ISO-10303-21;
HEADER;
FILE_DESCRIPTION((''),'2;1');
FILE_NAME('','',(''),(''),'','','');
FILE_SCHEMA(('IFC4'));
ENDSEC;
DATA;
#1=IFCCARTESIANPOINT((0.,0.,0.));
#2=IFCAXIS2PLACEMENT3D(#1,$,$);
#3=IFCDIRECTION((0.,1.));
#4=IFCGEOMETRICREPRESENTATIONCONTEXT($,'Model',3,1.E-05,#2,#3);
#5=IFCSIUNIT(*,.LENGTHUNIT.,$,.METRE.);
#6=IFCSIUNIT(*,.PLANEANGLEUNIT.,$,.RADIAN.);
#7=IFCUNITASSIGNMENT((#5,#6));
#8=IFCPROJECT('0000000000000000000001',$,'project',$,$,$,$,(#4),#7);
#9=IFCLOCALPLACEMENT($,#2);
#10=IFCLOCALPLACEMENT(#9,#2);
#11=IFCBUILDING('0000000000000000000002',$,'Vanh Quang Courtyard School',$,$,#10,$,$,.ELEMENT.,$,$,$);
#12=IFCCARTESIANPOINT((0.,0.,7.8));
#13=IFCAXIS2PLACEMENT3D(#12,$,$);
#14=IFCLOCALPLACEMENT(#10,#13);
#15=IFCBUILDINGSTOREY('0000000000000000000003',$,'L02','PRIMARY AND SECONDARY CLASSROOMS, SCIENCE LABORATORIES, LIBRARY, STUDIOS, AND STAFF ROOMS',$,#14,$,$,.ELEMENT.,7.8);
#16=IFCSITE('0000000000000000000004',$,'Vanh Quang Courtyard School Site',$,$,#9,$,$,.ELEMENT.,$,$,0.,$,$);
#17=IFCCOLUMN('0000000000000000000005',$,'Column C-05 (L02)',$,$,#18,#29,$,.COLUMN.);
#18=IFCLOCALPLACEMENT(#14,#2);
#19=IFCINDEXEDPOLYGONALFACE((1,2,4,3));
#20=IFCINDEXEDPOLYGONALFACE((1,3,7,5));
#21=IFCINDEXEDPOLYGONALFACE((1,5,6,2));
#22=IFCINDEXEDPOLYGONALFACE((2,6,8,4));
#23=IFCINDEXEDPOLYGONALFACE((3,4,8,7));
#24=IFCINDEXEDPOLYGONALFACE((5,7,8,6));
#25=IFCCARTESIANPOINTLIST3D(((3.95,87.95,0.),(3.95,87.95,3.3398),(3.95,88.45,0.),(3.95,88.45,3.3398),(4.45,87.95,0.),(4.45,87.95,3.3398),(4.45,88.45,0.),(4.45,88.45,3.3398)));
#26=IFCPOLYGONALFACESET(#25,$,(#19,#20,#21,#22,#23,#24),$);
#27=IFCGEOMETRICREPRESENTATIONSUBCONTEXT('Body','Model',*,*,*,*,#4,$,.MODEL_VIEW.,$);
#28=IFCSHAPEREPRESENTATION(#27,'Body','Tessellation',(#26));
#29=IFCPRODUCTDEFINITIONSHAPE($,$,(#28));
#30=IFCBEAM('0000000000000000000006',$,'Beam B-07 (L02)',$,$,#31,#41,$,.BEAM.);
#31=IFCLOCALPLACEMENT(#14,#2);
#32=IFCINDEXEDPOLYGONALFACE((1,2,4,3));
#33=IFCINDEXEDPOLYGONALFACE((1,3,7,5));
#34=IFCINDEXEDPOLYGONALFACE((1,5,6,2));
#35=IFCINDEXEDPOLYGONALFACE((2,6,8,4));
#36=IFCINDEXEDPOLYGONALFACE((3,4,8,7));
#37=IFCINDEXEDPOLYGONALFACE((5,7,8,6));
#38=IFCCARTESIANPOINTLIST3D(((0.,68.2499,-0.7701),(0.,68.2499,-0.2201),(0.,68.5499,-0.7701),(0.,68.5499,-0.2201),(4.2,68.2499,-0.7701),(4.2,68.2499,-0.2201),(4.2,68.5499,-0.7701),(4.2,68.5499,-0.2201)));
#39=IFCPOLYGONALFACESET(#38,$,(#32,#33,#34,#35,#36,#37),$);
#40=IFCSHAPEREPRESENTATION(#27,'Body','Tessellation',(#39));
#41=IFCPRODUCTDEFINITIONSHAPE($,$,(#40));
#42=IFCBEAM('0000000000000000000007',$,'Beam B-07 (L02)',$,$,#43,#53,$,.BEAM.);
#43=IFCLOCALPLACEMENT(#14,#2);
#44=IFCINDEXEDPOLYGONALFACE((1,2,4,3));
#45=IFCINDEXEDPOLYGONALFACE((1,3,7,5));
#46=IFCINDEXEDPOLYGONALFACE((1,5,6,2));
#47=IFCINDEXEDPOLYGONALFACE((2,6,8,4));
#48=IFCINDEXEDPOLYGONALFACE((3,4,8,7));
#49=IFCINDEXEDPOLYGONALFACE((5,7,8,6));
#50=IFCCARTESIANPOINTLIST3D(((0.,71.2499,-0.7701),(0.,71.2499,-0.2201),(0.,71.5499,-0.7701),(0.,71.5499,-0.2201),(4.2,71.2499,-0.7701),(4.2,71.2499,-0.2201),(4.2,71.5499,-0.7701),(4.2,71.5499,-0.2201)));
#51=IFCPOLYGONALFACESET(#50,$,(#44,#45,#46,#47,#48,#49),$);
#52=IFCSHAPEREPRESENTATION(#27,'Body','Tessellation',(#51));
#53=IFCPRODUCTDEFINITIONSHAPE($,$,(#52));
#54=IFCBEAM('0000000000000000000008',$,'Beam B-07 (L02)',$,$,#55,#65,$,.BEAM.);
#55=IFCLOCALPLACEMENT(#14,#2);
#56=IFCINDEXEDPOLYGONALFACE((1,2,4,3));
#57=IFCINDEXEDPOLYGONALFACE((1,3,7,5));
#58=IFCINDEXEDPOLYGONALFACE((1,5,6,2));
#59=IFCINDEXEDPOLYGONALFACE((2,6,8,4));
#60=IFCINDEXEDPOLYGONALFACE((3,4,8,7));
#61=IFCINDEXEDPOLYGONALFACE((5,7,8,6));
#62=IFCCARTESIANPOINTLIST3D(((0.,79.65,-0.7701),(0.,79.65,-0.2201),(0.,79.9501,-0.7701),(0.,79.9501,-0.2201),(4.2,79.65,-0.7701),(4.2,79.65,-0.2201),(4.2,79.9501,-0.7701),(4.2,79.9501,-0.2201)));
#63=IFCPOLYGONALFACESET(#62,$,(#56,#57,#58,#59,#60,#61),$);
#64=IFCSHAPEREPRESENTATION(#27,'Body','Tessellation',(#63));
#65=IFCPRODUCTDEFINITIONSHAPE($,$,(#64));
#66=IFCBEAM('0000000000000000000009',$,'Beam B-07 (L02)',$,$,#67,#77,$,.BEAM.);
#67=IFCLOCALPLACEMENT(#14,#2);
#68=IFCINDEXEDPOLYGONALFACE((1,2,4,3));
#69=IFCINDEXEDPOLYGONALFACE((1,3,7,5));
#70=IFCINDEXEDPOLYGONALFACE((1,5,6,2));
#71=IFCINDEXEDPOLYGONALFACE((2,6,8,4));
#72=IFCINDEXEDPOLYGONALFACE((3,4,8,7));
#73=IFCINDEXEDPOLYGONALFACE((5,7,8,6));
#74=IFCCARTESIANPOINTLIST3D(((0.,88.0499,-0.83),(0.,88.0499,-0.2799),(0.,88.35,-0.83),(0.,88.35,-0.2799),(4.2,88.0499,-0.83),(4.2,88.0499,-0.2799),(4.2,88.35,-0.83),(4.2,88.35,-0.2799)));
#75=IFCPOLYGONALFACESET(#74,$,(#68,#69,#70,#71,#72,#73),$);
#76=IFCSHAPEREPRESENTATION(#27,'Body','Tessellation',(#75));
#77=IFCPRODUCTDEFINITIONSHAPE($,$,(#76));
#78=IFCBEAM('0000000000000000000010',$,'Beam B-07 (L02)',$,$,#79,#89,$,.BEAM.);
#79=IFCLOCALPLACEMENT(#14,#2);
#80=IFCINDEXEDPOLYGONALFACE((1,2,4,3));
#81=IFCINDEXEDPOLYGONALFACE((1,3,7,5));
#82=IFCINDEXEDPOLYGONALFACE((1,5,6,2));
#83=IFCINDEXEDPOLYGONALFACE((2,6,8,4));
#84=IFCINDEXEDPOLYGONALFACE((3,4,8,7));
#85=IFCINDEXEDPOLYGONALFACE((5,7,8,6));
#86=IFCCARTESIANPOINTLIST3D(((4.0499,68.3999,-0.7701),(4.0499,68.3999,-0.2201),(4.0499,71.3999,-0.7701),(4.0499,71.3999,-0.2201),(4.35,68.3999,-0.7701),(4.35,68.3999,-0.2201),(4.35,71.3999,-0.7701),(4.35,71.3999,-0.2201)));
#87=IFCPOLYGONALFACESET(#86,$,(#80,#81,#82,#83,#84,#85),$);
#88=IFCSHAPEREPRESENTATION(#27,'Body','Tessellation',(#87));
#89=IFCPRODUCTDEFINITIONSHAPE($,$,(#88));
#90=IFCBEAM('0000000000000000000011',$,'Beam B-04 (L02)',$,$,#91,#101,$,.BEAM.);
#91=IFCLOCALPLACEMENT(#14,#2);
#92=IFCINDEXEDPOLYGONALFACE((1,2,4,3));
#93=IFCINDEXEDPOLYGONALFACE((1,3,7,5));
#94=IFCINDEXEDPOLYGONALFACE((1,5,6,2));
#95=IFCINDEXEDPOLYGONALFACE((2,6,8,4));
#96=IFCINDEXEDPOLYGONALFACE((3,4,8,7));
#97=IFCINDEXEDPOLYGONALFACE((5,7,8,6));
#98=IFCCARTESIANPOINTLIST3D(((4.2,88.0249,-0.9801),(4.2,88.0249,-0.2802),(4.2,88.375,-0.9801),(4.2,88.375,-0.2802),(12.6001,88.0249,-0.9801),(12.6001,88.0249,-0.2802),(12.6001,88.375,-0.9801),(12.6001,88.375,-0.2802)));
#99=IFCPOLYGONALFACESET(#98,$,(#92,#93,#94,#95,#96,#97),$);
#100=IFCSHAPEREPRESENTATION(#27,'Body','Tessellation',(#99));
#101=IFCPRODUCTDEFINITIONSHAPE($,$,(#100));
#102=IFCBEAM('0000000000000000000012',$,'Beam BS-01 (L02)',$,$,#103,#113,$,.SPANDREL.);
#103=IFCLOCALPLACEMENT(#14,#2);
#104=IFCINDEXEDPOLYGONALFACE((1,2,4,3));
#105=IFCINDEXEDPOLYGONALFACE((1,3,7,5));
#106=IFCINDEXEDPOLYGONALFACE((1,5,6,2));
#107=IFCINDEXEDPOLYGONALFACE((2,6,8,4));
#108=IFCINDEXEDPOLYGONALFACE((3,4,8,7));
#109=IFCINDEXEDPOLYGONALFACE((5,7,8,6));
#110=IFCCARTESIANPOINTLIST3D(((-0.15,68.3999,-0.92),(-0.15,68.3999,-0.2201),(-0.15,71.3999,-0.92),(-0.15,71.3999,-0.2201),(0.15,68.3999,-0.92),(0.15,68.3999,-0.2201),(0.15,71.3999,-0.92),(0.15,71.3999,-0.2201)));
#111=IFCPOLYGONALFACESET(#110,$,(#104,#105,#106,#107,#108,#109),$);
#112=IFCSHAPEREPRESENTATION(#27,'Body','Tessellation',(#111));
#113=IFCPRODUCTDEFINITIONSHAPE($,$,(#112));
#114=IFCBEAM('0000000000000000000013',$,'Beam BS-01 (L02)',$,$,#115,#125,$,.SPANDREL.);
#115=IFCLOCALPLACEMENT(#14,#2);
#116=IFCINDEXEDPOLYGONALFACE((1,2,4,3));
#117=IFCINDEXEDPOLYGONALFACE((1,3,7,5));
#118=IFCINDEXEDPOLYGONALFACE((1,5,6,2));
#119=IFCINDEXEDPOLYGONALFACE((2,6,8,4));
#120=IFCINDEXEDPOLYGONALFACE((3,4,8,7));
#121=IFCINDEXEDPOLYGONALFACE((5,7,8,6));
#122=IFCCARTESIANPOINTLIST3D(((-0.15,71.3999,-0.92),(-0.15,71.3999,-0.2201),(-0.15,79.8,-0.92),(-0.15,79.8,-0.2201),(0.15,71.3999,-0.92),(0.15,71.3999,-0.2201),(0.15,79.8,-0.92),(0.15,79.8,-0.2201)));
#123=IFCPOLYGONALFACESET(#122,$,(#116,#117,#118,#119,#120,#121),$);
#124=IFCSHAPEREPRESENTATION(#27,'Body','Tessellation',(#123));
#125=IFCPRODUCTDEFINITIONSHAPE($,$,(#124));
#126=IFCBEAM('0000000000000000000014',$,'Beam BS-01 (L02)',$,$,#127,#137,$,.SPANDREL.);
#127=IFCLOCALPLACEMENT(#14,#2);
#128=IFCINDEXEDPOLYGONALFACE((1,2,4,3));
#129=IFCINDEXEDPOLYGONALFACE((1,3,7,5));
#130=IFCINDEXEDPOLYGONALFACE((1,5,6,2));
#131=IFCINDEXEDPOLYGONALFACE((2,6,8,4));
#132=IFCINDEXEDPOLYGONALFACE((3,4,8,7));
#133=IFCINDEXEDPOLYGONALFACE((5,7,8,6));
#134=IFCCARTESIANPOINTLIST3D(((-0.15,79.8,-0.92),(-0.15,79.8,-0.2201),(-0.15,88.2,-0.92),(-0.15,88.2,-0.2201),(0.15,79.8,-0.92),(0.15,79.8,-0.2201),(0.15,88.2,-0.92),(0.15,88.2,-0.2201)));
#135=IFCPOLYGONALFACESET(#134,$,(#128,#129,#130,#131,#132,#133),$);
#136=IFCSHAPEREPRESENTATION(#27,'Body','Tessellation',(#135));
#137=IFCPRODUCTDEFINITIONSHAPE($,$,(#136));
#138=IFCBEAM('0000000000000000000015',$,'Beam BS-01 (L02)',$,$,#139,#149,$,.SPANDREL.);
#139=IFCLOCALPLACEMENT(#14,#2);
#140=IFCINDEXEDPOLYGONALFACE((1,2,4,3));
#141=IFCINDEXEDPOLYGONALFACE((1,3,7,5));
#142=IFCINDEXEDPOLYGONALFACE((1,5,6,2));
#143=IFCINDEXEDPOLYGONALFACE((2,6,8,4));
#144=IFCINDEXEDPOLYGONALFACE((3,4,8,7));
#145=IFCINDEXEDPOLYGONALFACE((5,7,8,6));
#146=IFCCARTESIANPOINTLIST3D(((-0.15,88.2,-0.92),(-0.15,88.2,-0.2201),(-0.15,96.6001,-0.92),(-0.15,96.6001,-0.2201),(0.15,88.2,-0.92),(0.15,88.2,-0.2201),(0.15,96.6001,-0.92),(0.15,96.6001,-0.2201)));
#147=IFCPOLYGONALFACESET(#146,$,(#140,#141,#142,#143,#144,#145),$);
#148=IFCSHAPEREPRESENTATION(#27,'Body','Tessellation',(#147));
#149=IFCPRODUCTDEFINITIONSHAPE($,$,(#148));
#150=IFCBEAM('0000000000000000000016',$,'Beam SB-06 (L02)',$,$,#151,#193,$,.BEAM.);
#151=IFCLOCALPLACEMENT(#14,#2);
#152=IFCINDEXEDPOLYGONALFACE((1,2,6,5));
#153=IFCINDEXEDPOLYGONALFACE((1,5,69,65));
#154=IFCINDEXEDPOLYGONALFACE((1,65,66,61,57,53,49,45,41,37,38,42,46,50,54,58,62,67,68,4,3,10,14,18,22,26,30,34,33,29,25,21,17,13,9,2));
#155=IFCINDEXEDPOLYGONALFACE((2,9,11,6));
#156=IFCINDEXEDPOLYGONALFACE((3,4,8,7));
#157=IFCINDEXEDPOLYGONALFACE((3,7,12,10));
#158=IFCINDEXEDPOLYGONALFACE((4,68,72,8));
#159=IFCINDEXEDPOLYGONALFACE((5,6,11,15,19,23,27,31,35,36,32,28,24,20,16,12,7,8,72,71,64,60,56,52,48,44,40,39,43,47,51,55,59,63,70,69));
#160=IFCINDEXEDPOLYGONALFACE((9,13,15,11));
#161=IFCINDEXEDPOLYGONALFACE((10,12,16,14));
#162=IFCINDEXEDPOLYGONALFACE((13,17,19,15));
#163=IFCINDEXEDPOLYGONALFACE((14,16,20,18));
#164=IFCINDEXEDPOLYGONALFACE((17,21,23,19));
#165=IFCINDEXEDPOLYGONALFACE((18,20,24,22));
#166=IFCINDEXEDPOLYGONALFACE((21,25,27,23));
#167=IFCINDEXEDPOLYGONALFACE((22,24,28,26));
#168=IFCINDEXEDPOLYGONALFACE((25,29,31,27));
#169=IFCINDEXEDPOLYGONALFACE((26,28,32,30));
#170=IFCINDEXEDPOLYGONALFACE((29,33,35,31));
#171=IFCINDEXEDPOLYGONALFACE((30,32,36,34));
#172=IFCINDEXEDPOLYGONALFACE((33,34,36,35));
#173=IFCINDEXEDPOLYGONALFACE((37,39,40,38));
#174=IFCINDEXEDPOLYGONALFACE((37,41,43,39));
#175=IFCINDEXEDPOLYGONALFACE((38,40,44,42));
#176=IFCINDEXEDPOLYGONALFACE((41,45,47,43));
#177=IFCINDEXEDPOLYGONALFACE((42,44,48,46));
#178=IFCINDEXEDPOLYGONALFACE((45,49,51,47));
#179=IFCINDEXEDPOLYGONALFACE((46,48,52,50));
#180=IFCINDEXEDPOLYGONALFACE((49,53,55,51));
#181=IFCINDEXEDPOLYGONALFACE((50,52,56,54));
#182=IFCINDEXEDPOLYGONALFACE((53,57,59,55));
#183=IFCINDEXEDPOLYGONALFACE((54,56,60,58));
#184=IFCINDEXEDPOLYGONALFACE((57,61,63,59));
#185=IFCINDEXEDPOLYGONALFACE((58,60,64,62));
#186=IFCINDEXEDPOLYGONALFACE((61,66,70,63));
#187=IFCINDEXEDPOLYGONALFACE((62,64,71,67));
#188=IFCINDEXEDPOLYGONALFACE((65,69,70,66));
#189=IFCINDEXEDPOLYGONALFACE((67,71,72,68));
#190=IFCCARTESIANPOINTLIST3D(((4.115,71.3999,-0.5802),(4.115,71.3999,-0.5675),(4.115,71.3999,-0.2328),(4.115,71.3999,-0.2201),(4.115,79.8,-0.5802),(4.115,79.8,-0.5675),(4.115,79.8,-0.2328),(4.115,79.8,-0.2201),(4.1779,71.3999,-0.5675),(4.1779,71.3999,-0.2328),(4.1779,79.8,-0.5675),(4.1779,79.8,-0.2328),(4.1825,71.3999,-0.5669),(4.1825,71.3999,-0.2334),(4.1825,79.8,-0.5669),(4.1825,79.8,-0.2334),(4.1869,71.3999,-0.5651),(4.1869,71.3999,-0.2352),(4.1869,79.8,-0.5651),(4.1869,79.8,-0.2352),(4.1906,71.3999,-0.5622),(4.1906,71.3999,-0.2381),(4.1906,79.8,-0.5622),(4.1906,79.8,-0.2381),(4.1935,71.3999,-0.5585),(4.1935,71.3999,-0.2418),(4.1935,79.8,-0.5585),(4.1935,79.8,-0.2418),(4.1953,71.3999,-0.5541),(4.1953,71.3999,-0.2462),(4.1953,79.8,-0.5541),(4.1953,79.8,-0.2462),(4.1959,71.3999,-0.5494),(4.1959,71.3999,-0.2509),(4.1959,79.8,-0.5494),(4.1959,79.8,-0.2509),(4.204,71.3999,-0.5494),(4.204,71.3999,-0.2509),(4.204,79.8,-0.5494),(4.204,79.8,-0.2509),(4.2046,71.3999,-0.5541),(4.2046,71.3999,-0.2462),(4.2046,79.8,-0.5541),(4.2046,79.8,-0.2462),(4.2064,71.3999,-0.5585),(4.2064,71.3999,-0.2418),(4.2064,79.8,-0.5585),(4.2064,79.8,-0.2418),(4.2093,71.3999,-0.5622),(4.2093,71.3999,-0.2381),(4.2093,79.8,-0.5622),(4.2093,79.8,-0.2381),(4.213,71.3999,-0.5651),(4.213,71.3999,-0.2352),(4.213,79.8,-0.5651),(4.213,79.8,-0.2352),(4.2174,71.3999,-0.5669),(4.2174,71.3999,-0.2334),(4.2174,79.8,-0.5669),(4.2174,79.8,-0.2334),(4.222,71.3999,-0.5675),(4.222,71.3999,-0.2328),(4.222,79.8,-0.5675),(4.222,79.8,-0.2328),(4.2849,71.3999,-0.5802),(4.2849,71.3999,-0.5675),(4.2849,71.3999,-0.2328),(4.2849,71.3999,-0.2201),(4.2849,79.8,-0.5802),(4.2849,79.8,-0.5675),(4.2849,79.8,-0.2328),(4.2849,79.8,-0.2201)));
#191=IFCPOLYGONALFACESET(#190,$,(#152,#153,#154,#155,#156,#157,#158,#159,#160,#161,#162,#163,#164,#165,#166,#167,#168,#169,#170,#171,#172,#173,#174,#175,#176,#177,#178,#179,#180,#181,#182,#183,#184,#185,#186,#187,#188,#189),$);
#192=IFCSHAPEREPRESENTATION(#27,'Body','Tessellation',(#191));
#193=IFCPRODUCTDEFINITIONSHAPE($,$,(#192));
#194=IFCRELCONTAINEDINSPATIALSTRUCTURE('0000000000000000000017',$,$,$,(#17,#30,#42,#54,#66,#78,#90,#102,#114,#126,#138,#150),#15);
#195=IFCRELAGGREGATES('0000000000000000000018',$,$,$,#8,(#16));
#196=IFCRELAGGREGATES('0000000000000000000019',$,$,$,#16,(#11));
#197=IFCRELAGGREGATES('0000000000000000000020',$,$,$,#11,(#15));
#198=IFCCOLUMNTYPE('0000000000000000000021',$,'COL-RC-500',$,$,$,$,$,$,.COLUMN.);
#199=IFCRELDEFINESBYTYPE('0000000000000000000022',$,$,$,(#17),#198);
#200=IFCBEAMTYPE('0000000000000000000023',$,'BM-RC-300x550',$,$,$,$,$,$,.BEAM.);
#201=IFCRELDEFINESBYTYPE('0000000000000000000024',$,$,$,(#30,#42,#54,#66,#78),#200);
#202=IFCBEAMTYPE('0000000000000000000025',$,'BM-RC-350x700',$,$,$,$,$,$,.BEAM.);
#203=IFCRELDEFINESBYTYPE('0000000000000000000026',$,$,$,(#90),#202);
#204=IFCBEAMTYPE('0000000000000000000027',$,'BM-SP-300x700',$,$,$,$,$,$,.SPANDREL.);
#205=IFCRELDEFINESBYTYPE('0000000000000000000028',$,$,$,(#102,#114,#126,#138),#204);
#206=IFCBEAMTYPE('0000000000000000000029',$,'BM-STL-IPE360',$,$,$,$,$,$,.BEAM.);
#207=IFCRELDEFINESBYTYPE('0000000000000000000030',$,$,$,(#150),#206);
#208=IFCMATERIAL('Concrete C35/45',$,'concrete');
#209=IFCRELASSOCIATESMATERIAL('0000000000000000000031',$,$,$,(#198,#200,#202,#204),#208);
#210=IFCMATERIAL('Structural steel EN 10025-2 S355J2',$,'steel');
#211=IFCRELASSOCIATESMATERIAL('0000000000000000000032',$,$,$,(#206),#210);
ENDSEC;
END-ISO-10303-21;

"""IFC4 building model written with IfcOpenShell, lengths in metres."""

from ifc_helpers import new_model, si_unit, direction, frame, origin, origin_2d, place, context, subcontext, project, spatial, rectangle, i_section, extrude, material, material_profile, profile_set, type_object, element, save


model = new_model("IFC4")

# Units and contexts
model_context = context("Model", 3, precision=1e-05, world=origin(), true_north=direction((0.0, 1.0)))
body_context = subcontext(model_context, "Body", "Model", "MODEL_VIEW")
ifc_project = project(units=[si_unit("LENGTHUNIT", "METRE"), si_unit("PLANEANGLEUNIT", "RADIAN")], contexts=[model_context])

# Site, building, storey
site_placement = place(None, origin())
site = spatial("IfcSite", under=ifc_project, at=site_placement, Name="Vanh Quang Courtyard School Site", CompositionType="ELEMENT", RefElevation=0.0)
building_placement = place(site_placement, origin())
building = spatial("IfcBuilding", under=site, at=building_placement, Name="Vanh Quang Courtyard School", CompositionType="ELEMENT")
storey_placement = place(building_placement, frame((0.0, 0.0, 7.8)))
storey = spatial("IfcBuildingStorey", under=building, at=storey_placement, Name="L02", Description="PRIMARY AND SECONDARY CLASSROOMS, SCIENCE LABORATORIES, LIBRARY, STUDIOS, AND STAFF ROOMS", CompositionType="ELEMENT", Elevation=7.8)

# Column
ifc_material_1 = material(Name="Concrete C35/45", Category="concrete")
ifc_material_profile_1 = material_profile(ifc_material_1, rectangle(XDim=0.5, YDim=0.5, at=origin_2d()), Name="RC-COL 500x500")
ifc_profile_set_1 = profile_set([ifc_material_profile_1], Name="Concrete C35/45")
column_type = type_object("IfcColumnType", Name="COL-RC-500", PredefinedType="COLUMN", material=ifc_profile_set_1)
column_placement = place(storey_placement, frame((4.2, 88.2, 0.0), z_axis=(0.0, 0.0, 1.0), x_axis=(1.0, 0.0, 0.0)))
element("IfcColumn", 1, at=column_placement, inside=storey, type_object=column_type, Name="Column C-05 (L02)", PredefinedType="COLUMN", context=body_context, shape_type="SweptSolid", body=[
    extrude(rectangle(XDim=0.5, YDim=0.5, at=origin_2d()), origin(), (0.0, 0.0, 1.0), 3.3398),
])

# Beams
ifc_material_profile_2 = material_profile(ifc_material_1, rectangle(XDim=0.3, YDim=0.55, at=origin_2d()), Name="RC-BM 300x550")
ifc_profile_set_2 = profile_set([ifc_material_profile_2], Name="Concrete C35/45")
beam_type_1 = type_object("IfcBeamType", Name="BM-RC-300x550", PredefinedType="BEAM", material=ifc_profile_set_2)
for number, where, z_axis, x_axis, name in (
    (2, (0.0, 68.3999, -0.4951), (1.0, 0.0, 0.0), (0.0, 1.0, 0.0), "Beam B-07 (L02)"),
    (3, (0.0, 71.3999, -0.4951), (1.0, 0.0, 0.0), (0.0, 1.0, 0.0), "Beam B-07 (L02)"),
    (4, (0.0, 79.8, -0.4951), (1.0, 0.0, 0.0), (0.0, 1.0, 0.0), "Beam B-07 (L02)"),
    (5, (0.0, 88.2, -0.5549), (1.0, 0.0, 0.0), (0.0, 1.0, 0.0), "Beam B-07 (L02)"),
):
    element("IfcBeam", number, at=place(storey_placement, frame(where, z_axis=z_axis, x_axis=x_axis)), inside=storey, type_object=beam_type_1, Name=name, PredefinedType="BEAM", context=body_context, shape_type="SweptSolid", body=[
        extrude(rectangle(XDim=0.3, YDim=0.55, at=origin_2d()), origin(), (0.0, 0.0, 1.0), 4.2),
    ])
beam_1_placement = place(storey_placement, frame((4.2, 68.3999, -0.4951), z_axis=(0.0, 1.0, 0.0), x_axis=(-1.0, 0.0, 0.0)))
element("IfcBeam", 6, at=beam_1_placement, inside=storey, type_object=beam_type_1, Name="Beam B-07 (L02)", PredefinedType="BEAM", context=body_context, shape_type="SweptSolid", body=[
    extrude(rectangle(XDim=0.3, YDim=0.55, at=origin_2d()), origin(), (0.0, 0.0, 1.0), 3.0),
])
ifc_material_profile_3 = material_profile(ifc_material_1, rectangle(XDim=0.3501, YDim=0.7, at=origin_2d()), Name="RC-BM 350x700")
ifc_profile_set_3 = profile_set([ifc_material_profile_3], Name="Concrete C35/45")
beam_type_2 = type_object("IfcBeamType", Name="BM-RC-350x700", PredefinedType="BEAM", material=ifc_profile_set_3)
beam_2_placement = place(storey_placement, frame((4.2, 88.2, -0.6301), z_axis=(1.0, 0.0, 0.0), x_axis=(0.0, 1.0, 0.0)))
element("IfcBeam", 7, at=beam_2_placement, inside=storey, type_object=beam_type_2, Name="Beam B-04 (L02)", PredefinedType="BEAM", context=body_context, shape_type="SweptSolid", body=[
    extrude(rectangle(XDim=0.3501, YDim=0.7, at=origin_2d()), origin(), (0.0, 0.0, 1.0), 8.4001),
])
ifc_material_profile_4 = material_profile(ifc_material_1, rectangle(XDim=0.3, YDim=0.7, at=origin_2d()), Name="RC-SP 300x700")
ifc_profile_set_4 = profile_set([ifc_material_profile_4], Name="Concrete C35/45")
beam_type_3 = type_object("IfcBeamType", Name="BM-SP-300x700", PredefinedType="SPANDREL", material=ifc_profile_set_4)
beam_3_placement = place(storey_placement, frame((0.0, 68.3999, -0.5701), z_axis=(0.0, 1.0, 0.0), x_axis=(-1.0, 0.0, 0.0)))
element("IfcBeam", 8, at=beam_3_placement, inside=storey, type_object=beam_type_3, Name="Beam BS-01 (L02)", PredefinedType="SPANDREL", context=body_context, shape_type="SweptSolid", body=[
    extrude(rectangle(XDim=0.3, YDim=0.7, at=origin_2d()), origin(), (0.0, 0.0, 1.0), 3.0),
])
beam_4_placement = place(storey_placement, frame((0.0, 71.3999, -0.5701), z_axis=(0.0, 1.0, 0.0), x_axis=(-1.0, 0.0, 0.0)))
element("IfcBeam", 9, at=beam_4_placement, inside=storey, type_object=beam_type_3, Name="Beam BS-01 (L02)", PredefinedType="SPANDREL", context=body_context, shape_type="SweptSolid", body=[
    extrude(rectangle(XDim=0.3, YDim=0.7, at=origin_2d()), origin(), (0.0, 0.0, 1.0), 8.4001),
])
beam_5_placement = place(storey_placement, frame((0.0, 79.8, -0.5701), z_axis=(0.0, 1.0, 0.0), x_axis=(-1.0, 0.0, 0.0)))
element("IfcBeam", 10, at=beam_5_placement, inside=storey, type_object=beam_type_3, Name="Beam BS-01 (L02)", PredefinedType="SPANDREL", context=body_context, shape_type="SweptSolid", body=[
    extrude(rectangle(XDim=0.3, YDim=0.7, at=origin_2d()), origin(), (0.0, 0.0, 1.0), 8.3999),
])
beam_6_placement = place(storey_placement, frame((0.0, 88.2, -0.5701), z_axis=(0.0, 1.0, 0.0), x_axis=(-1.0, 0.0, 0.0)))
element("IfcBeam", 11, at=beam_6_placement, inside=storey, type_object=beam_type_3, Name="Beam BS-01 (L02)", PredefinedType="SPANDREL", context=body_context, shape_type="SweptSolid", body=[
    extrude(rectangle(XDim=0.3, YDim=0.7, at=origin_2d()), origin(), (0.0, 0.0, 1.0), 8.4001),
])
ifc_material_2 = material(Name="Structural steel EN 10025-2 S355J2", Category="steel")
ifc_material_profile_5 = material_profile(ifc_material_2, i_section(OverallWidth=0.1699, OverallDepth=0.3601, WebThickness=0.0081, FlangeThickness=0.0127, FilletRadius=0.0181, at=origin_2d()), Name="IPE 360")
ifc_profile_set_5 = profile_set([ifc_material_profile_5], Name="Structural steel EN 10025-2 S355J2")
beam_type_4 = type_object("IfcBeamType", Name="BM-STL-IPE360", PredefinedType="BEAM", material=ifc_profile_set_5)
beam_7_placement = place(storey_placement, frame((4.2, 71.3999, -0.4001), z_axis=(0.0, 1.0, 0.0), x_axis=(-1.0, 0.0, 0.0)))
element("IfcBeam", 12, at=beam_7_placement, inside=storey, type_object=beam_type_4, Name="Beam SB-06 (L02)", PredefinedType="BEAM", context=body_context, shape_type="SweptSolid", body=[
    extrude(i_section(OverallWidth=0.1699, OverallDepth=0.3601, WebThickness=0.0081, FlangeThickness=0.0127, FilletRadius=0.0181, at=origin_2d()), origin(), (0.0, 0.0, 1.0), 8.4001),
])

save(model, "model.ifc")
